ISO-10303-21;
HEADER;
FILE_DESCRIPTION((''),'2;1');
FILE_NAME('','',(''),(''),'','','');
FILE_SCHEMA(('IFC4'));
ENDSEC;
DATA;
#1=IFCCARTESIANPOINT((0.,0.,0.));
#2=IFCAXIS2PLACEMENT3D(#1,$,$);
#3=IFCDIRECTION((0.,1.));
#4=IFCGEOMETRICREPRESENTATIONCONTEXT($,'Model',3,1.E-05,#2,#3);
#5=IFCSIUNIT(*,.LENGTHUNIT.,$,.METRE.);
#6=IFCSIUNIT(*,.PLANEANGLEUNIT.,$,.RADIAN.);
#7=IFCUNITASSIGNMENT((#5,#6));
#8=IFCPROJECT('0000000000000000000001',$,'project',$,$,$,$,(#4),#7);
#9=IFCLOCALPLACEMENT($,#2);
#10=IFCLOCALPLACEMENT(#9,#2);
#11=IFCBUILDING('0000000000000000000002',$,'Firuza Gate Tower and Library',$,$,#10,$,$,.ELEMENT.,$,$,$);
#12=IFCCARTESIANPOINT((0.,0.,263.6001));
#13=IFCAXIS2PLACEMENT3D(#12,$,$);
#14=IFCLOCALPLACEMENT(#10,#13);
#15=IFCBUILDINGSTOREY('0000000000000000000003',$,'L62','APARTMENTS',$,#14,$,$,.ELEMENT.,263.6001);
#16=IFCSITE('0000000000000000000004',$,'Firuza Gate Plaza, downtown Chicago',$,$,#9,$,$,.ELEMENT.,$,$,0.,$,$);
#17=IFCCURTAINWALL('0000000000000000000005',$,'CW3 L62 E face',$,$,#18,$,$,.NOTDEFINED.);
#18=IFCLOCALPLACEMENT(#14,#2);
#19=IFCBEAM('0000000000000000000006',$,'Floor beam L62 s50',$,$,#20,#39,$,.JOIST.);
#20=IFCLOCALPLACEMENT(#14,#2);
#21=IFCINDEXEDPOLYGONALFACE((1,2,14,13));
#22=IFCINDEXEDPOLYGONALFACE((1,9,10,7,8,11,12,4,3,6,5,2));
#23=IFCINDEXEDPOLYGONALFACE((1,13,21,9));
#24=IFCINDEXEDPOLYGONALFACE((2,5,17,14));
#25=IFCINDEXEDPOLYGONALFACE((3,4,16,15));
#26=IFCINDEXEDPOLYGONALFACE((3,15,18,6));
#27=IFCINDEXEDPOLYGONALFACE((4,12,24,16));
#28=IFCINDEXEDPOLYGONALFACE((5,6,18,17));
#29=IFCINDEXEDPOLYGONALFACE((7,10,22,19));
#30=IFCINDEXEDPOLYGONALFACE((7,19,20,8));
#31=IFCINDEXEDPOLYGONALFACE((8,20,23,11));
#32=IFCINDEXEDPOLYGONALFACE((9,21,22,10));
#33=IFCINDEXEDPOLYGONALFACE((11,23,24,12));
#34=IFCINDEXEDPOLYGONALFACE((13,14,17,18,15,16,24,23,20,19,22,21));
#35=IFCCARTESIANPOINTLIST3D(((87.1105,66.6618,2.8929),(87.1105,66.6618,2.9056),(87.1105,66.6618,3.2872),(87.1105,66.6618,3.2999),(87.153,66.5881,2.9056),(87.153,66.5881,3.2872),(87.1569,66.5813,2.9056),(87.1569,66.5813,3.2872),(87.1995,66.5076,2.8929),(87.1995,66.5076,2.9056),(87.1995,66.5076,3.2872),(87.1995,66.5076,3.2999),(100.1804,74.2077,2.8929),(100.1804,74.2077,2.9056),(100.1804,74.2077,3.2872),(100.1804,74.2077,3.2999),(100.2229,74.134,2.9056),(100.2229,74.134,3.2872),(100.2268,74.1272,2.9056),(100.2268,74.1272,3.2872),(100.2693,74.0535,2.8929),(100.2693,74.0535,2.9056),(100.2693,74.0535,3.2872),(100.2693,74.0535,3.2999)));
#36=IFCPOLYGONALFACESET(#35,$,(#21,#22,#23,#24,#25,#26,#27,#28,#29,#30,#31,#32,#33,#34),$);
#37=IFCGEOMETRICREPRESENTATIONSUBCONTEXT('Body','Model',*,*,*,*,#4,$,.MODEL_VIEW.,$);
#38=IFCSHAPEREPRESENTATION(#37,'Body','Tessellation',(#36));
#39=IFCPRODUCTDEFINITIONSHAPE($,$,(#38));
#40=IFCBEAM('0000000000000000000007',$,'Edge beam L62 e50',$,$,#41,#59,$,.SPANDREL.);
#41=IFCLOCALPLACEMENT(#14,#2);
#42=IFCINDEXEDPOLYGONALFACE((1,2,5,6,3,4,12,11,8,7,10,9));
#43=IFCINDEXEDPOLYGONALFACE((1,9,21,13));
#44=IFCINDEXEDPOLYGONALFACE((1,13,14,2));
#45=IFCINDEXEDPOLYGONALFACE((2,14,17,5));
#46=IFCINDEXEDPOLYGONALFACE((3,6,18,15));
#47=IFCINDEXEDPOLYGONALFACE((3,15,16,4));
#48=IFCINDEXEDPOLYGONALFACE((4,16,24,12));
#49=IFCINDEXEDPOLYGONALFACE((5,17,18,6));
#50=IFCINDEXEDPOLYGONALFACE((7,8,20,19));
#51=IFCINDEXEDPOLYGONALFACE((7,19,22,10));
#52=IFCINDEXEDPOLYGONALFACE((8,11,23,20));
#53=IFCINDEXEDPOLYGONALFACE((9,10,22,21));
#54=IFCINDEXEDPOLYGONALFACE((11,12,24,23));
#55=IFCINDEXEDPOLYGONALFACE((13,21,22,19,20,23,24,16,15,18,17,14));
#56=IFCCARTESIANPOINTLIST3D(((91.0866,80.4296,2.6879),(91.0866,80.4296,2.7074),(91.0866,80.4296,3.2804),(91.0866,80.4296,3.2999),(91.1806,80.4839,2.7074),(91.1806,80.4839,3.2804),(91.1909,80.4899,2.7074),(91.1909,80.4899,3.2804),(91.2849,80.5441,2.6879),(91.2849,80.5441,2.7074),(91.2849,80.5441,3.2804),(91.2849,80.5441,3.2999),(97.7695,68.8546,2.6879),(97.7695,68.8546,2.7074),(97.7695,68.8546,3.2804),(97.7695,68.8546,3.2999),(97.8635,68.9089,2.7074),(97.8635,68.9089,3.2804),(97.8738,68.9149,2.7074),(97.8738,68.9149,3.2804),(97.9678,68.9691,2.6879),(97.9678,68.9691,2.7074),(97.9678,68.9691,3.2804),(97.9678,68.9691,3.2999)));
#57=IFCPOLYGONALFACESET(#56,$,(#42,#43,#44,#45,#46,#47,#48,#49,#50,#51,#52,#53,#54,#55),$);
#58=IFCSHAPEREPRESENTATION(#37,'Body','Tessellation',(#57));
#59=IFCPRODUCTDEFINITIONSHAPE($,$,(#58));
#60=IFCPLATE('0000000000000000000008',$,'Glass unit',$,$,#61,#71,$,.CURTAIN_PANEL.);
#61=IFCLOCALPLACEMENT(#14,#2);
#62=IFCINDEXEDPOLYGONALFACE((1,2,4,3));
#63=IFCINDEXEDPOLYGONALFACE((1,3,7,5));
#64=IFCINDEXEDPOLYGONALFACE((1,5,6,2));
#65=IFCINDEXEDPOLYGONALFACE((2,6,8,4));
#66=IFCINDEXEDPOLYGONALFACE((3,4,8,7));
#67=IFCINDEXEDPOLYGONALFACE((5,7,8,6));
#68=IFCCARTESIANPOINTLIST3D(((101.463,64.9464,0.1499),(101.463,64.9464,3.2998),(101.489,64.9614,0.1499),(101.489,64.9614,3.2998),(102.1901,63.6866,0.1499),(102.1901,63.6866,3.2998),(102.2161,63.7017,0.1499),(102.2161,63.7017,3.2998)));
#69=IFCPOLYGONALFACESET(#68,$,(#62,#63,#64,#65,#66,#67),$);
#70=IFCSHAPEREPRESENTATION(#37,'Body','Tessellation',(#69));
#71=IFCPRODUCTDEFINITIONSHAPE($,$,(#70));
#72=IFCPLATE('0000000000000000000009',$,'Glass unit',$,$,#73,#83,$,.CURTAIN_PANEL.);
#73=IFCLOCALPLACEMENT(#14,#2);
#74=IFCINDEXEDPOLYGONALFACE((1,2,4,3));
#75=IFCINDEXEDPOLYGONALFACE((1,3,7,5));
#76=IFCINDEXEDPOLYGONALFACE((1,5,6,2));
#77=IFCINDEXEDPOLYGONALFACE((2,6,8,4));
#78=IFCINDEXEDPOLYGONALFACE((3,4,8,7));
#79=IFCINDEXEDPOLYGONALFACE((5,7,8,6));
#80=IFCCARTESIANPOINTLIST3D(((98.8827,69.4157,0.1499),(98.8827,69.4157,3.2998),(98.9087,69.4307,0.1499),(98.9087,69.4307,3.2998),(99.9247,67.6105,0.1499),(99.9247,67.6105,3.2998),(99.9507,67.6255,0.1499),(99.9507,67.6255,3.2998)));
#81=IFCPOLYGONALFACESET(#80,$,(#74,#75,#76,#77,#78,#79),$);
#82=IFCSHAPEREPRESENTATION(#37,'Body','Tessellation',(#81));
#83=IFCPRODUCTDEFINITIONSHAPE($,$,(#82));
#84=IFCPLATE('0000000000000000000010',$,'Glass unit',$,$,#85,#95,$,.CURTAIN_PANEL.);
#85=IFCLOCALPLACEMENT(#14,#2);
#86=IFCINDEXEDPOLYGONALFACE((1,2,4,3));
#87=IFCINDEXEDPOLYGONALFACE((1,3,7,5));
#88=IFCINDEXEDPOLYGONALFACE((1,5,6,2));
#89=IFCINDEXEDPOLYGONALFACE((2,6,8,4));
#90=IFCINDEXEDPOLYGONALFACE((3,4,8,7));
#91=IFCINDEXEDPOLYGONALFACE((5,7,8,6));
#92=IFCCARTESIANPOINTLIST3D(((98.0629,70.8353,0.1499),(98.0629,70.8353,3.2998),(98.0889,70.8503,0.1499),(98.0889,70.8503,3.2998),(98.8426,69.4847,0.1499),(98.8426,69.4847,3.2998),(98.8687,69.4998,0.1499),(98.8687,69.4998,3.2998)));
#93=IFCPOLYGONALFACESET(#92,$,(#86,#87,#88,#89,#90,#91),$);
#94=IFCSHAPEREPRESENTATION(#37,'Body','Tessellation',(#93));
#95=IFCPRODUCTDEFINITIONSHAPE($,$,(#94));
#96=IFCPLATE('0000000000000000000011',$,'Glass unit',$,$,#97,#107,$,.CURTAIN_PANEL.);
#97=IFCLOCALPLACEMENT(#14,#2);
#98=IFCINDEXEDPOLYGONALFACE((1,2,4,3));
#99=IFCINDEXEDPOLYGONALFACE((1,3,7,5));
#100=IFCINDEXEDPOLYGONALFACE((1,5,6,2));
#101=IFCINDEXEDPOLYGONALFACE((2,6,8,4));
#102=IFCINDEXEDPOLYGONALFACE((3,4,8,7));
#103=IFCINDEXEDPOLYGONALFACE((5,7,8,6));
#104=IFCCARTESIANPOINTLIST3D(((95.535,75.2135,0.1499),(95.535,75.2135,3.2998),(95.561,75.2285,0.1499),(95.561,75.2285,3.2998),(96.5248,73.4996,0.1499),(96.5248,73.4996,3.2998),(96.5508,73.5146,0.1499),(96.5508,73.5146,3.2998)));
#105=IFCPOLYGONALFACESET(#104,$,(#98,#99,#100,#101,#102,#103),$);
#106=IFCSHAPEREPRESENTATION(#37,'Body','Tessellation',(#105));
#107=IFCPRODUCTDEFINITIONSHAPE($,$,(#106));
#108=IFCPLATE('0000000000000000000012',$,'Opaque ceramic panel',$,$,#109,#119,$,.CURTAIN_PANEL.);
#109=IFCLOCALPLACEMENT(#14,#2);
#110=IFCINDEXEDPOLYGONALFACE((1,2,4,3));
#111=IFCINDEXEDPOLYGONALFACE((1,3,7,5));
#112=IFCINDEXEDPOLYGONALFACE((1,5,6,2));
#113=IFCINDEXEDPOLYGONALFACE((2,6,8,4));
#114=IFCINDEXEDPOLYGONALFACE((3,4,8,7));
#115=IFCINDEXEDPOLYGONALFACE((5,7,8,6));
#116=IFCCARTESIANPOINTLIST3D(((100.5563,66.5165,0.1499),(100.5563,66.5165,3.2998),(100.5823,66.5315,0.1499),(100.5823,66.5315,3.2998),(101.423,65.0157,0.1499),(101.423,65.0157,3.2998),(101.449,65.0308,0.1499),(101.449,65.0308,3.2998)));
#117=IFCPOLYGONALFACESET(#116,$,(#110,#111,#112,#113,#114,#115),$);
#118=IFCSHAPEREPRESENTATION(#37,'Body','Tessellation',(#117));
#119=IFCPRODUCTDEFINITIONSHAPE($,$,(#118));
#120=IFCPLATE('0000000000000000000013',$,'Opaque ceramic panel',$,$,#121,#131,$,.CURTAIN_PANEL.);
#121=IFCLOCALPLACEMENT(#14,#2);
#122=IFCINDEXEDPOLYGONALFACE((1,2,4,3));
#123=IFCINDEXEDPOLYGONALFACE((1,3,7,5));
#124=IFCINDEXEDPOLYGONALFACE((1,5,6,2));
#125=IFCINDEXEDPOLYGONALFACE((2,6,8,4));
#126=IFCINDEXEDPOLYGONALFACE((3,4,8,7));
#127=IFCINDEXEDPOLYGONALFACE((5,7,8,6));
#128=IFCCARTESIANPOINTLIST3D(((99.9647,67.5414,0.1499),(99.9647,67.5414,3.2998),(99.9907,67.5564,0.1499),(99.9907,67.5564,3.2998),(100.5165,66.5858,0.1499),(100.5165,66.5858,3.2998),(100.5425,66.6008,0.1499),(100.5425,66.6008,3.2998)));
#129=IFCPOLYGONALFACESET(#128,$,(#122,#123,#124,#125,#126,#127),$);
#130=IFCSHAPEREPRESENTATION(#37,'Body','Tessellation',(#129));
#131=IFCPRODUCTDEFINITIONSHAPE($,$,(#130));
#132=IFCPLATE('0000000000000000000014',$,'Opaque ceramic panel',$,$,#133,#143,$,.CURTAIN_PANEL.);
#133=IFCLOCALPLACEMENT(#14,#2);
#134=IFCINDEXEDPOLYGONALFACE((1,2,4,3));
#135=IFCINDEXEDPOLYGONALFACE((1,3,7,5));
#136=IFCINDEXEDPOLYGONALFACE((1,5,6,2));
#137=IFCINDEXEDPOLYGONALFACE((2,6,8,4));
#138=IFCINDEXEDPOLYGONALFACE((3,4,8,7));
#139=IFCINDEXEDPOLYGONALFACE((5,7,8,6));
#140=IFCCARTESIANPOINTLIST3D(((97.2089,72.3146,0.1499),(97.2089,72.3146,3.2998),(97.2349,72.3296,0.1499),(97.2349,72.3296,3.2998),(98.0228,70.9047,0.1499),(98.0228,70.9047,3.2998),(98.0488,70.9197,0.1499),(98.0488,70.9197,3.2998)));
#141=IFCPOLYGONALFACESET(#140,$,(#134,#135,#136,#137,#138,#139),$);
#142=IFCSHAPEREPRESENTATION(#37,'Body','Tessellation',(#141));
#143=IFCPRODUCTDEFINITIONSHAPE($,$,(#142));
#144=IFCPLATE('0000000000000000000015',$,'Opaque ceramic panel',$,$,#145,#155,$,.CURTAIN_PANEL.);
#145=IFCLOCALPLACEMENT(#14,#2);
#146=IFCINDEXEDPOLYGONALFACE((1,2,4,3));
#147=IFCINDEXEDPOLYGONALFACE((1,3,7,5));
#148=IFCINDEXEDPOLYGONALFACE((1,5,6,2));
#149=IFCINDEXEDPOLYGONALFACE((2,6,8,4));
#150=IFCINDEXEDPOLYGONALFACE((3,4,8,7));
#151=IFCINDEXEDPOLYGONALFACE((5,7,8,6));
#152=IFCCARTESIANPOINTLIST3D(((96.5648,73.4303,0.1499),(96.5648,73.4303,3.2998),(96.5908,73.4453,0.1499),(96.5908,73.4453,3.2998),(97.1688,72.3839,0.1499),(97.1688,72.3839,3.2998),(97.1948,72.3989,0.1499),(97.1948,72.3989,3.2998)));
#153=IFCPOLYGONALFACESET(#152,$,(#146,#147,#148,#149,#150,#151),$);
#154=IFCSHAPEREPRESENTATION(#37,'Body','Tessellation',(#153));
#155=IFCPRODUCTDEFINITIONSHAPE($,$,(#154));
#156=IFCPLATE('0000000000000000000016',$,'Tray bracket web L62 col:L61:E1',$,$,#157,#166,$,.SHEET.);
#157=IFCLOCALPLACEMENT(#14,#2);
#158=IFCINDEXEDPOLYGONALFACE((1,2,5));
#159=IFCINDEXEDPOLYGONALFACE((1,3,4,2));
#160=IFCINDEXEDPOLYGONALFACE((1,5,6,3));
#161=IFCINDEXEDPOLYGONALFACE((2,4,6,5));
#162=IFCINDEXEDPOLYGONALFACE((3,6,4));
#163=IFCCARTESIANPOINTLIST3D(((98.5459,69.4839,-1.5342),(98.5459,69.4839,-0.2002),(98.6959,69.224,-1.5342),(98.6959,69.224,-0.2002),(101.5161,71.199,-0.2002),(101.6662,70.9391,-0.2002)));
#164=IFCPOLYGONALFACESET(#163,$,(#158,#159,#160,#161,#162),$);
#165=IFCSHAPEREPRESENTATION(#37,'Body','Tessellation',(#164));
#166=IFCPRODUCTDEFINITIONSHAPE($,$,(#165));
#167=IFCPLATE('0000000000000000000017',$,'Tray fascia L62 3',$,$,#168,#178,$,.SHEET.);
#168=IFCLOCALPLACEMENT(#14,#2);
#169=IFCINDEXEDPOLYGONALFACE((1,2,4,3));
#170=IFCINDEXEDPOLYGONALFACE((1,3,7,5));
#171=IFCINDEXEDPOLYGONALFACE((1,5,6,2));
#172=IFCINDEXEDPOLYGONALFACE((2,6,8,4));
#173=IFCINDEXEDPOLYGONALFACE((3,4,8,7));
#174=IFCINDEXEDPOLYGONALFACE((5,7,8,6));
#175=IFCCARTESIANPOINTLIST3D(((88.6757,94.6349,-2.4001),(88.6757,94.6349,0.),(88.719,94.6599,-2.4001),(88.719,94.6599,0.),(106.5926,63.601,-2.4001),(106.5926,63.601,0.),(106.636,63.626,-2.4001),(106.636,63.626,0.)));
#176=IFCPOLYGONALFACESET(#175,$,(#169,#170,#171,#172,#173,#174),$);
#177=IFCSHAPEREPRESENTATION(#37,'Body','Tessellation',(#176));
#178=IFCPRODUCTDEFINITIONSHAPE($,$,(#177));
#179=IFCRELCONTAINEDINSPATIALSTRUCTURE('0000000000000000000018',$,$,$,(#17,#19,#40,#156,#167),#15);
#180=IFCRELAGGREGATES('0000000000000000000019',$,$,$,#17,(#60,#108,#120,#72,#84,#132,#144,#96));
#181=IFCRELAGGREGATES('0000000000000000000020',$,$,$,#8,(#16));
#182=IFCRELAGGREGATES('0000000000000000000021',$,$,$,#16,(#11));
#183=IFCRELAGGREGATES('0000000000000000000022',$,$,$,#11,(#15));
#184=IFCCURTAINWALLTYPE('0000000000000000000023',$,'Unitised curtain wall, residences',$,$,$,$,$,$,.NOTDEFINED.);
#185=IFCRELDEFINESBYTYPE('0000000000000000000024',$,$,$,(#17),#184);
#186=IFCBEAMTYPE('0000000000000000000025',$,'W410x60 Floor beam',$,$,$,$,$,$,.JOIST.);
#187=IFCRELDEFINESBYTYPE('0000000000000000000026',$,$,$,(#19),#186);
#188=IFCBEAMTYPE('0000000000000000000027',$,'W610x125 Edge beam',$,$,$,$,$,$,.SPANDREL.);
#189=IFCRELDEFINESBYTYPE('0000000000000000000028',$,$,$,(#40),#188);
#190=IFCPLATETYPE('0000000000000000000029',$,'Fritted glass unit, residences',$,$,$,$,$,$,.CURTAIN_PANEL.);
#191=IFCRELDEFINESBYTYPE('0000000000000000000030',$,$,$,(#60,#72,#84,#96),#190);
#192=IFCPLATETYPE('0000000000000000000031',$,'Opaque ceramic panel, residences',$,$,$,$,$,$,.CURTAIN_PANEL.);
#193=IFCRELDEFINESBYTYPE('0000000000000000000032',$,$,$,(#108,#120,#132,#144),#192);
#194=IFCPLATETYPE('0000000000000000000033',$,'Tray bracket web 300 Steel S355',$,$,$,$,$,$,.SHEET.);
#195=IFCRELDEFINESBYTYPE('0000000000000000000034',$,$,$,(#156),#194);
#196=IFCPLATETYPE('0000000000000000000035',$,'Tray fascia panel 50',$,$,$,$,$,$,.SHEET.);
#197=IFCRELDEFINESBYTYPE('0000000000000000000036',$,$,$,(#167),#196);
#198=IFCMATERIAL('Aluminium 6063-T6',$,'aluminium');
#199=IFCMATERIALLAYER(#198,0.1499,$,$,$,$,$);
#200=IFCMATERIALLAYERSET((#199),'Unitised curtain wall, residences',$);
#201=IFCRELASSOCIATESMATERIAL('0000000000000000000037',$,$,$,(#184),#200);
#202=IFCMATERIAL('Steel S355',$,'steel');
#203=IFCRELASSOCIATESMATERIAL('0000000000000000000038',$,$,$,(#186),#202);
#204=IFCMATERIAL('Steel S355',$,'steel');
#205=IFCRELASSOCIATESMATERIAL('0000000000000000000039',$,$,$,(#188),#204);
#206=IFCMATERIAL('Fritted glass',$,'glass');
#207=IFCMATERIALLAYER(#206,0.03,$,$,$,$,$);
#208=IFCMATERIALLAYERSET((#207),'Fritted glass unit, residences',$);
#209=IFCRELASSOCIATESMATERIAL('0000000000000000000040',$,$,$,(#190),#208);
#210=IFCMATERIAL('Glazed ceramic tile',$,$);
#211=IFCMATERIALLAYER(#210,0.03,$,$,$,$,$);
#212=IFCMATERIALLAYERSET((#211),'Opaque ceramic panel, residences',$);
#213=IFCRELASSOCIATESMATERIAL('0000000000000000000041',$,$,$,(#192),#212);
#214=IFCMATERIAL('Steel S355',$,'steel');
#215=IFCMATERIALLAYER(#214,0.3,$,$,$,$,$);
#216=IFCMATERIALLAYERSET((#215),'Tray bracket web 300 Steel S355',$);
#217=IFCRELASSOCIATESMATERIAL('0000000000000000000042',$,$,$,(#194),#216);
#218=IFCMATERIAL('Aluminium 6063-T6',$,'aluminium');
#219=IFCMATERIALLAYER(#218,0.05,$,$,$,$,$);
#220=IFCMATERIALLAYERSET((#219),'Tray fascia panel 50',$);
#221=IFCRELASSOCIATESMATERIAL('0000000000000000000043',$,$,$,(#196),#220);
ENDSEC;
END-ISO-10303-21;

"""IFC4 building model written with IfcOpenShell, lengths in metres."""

from ifc_helpers import new_model, si_unit, direction, frame, origin, origin_2d, place, context, subcontext, project, spatial, polyline, i_section, outline, extrude, material, layer, layer_set, material_profile, profile_set, type_object, element, aggregate, save


model = new_model("IFC4")

# Units and contexts
model_context = context("Model", 3, precision=1e-05, world=origin(), true_north=direction((0.0, 1.0)))
body_context = subcontext(model_context, "Body", "Model", "MODEL_VIEW")
ifc_project = project(units=[si_unit("LENGTHUNIT", "METRE"), si_unit("PLANEANGLEUNIT", "RADIAN")], contexts=[model_context])

# Site, building, storey
site_placement = place(None, origin())
site = spatial("IfcSite", under=ifc_project, at=site_placement, Name="Firuza Gate Plaza, downtown Chicago", CompositionType="ELEMENT", RefElevation=0.0)
building_placement = place(site_placement, origin())
building = spatial("IfcBuilding", under=site, at=building_placement, Name="Firuza Gate Tower and Library", CompositionType="ELEMENT")
storey_placement = place(building_placement, frame((0.0, 0.0, 263.6001)))
storey = spatial("IfcBuildingStorey", under=building, at=storey_placement, Name="L62", Description="APARTMENTS", CompositionType="ELEMENT", Elevation=263.6001)

# Curtain wall
ifc_material_1 = material(Name="Aluminium 6063-T6", Category="aluminium")
ifc_layer_1 = layer(ifc_material_1, 0.1499)
ifc_layer_set_1 = layer_set([ifc_layer_1], Name="Unitised curtain wall, residences")
curtain_wall_type = type_object("IfcCurtainWallType", Name="Unitised curtain wall, residences", PredefinedType="NOTDEFINED", material=ifc_layer_set_1)
curtain_wall_placement = place(storey_placement, origin())
curtain_wall = element("IfcCurtainWall", 1, at=curtain_wall_placement, inside=storey, type_object=curtain_wall_type, Name="CW3 L62 E face", PredefinedType="NOTDEFINED")

# Beams
ifc_material_2 = material(Name="Steel S355", Category="steel")
ifc_material_profile_1 = material_profile(ifc_material_2, i_section(OverallWidth=0.178, OverallDepth=0.407, WebThickness=0.0078, FlangeThickness=0.0127, at=origin_2d()))
ifc_profile_set_1 = profile_set([ifc_material_profile_1], Name="Steel S355")
beam_type_1 = type_object("IfcBeamType", Name="W410x60 Floor beam", PredefinedType="JOIST", material=ifc_profile_set_1)
beam_1_placement = place(storey_placement, frame((100.2249, 74.1306, 3.0964), z_axis=(-0.866024, -0.500002, 0.0), x_axis=(0.500002, -0.866024, 0.0)))
element("IfcBeam", 2, at=beam_1_placement, inside=storey, type_object=beam_type_1, Name="Floor beam L62 s50", PredefinedType="JOIST", context=body_context, shape_type="SweptSolid", body=[
    extrude(i_section(OverallWidth=0.178, OverallDepth=0.407, WebThickness=0.0078, FlangeThickness=0.0127, at=origin_2d()), origin(), (0.0, 0.0, 1.0), 15.0918),
])
ifc_material_3 = material(Name="Steel S355", Category="steel")
ifc_material_profile_2 = material_profile(ifc_material_3, i_section(OverallWidth=0.229, OverallDepth=0.6121, WebThickness=0.012, FlangeThickness=0.0195, at=origin_2d()))
ifc_profile_set_2 = profile_set([ifc_material_profile_2], Name="Steel S355")
beam_type_2 = type_object("IfcBeamType", Name="W610x125 Edge beam", PredefinedType="SPANDREL", material=ifc_profile_set_2)
beam_2_placement = place(storey_placement, frame((97.8687, 68.9119, 2.9939), z_axis=(-0.500003, 0.866023, 0.0), x_axis=(-0.866023, -0.500003, 0.0)))
element("IfcBeam", 3, at=beam_2_placement, inside=storey, type_object=beam_type_2, Name="Edge beam L62 e50", PredefinedType="SPANDREL", context=body_context, shape_type="SweptSolid", body=[
    extrude(i_section(OverallWidth=0.229, OverallDepth=0.6121, WebThickness=0.012, FlangeThickness=0.0195, at=origin_2d()), origin(), (0.0, 0.0, 1.0), 13.3657),
])

# Plates
ifc_material_4 = material(Name="Fritted glass", Category="glass")
ifc_layer_2 = layer(ifc_material_4, 0.03)
ifc_layer_set_2 = layer_set([ifc_layer_2], Name="Fritted glass unit, residences")
plate_type_1 = type_object("IfcPlateType", Name="Fritted glass unit, residences", PredefinedType="CURTAIN_PANEL", material=ifc_layer_set_2)
plate_1_placement = place(storey_placement, frame((102.2161, 63.7017, 0.1499), z_axis=(0.866107, 0.499858, 0.0), x_axis=(-0.499858, 0.866107, 0.0)))
plate_1 = element("IfcPlate", 4, at=plate_1_placement, type_object=plate_type_1, Name="Glass unit", PredefinedType="CURTAIN_PANEL", context=body_context, shape_type="SweptSolid", body=[
    extrude(outline(polyline([(0.0, 0.0), (1.4545, 0.0), (1.4545, 3.1499), (0.0, 3.1499), (0.0, 0.0)])), origin(), (0.0, 0.0, -1.0), 0.03),
])
plate_2_placement = place(storey_placement, frame((99.9507, 67.6255, 0.1499), z_axis=(0.866072, 0.499918, 0.0), x_axis=(-0.499918, 0.866072, 0.0)))
plate_2 = element("IfcPlate", 5, at=plate_2_placement, type_object=plate_type_1, Name="Glass unit", PredefinedType="CURTAIN_PANEL", context=body_context, shape_type="SweptSolid", body=[
    extrude(outline(polyline([(0.0, 0.0), (2.0843, 0.0), (2.0843, 3.1499), (0.0, 3.1499), (0.0, 0.0)])), origin(), (0.0, 0.0, -1.0), 0.03),
])
plate_3_placement = place(storey_placement, frame((98.8687, 69.4998, 0.1499), z_axis=(0.866019, 0.500012, 0.0), x_axis=(-0.500012, 0.866019, 0.0)))
plate_3 = element("IfcPlate", 6, at=plate_3_placement, type_object=plate_type_1, Name="Glass unit", PredefinedType="CURTAIN_PANEL", context=body_context, shape_type="SweptSolid", body=[
    extrude(outline(polyline([(0.0, 0.0), (1.5595, 0.0), (1.5595, 3.1499), (0.0, 3.1499), (0.0, 0.0)])), origin(), (0.0, 0.0, -1.0), 0.03),
])
plate_4_placement = place(storey_placement, frame((96.5508, 73.5146, 0.1499), z_axis=(0.865972, 0.500093, 0.0), x_axis=(-0.500093, 0.865972, 0.0)))
plate_4 = element("IfcPlate", 7, at=plate_4_placement, type_object=plate_type_1, Name="Glass unit", PredefinedType="CURTAIN_PANEL", context=body_context, shape_type="SweptSolid", body=[
    extrude(outline(polyline([(0.0, 0.0), (1.9791, 0.0), (1.9791, 3.1499), (0.0, 3.1499), (0.0, 0.0)])), origin(), (0.0, 0.0, -1.0), 0.03),
])
ifc_material_5 = material(Name="Glazed ceramic tile")
ifc_layer_3 = layer(ifc_material_5, 0.03)
ifc_layer_set_3 = layer_set([ifc_layer_3], Name="Opaque ceramic panel, residences")
plate_type_2 = type_object("IfcPlateType", Name="Opaque ceramic panel, residences", PredefinedType="CURTAIN_PANEL", material=ifc_layer_set_3)
plate_5_placement = place(storey_placement, frame((101.449, 65.0308, 0.1499), z_axis=(0.865963, 0.500109, 0.0), x_axis=(-0.500109, 0.865963, 0.0)))
plate_5 = element("IfcPlate", 8, at=plate_5_placement, type_object=plate_type_2, Name="Opaque ceramic panel", PredefinedType="CURTAIN_PANEL", context=body_context, shape_type="SweptSolid", body=[
    extrude(outline(polyline([(0.0, 0.0), (1.733, 0.0), (1.733, 3.1499), (0.0, 3.1499), (0.0, 0.0)])), origin(), (0.0, 0.0, -1.0), 0.03),
])
plate_6_placement = place(storey_placement, frame((100.5425, 66.6008, 0.1499), z_axis=(0.866001, 0.500042, 0.0), x_axis=(-0.500042, 0.866001, 0.0)))
plate_6 = element("IfcPlate", 9, at=plate_6_placement, type_object=plate_type_2, Name="Opaque ceramic panel", PredefinedType="CURTAIN_PANEL", context=body_context, shape_type="SweptSolid", body=[
    extrude(outline(polyline([(0.0, 0.0), (1.1034, 0.0), (1.1034, 3.1499), (0.0, 3.1499), (0.0, 0.0)])), origin(), (0.0, 0.0, -1.0), 0.03),
])
plate_7_placement = place(storey_placement, frame((98.0488, 70.9197, 0.1499), z_axis=(0.866038, 0.499978, 0.0), x_axis=(-0.499978, 0.866038, 0.0)))
plate_7 = element("IfcPlate", 10, at=plate_7_placement, type_object=plate_type_2, Name="Opaque ceramic panel", PredefinedType="CURTAIN_PANEL", context=body_context, shape_type="SweptSolid", body=[
    extrude(outline(polyline([(0.0, 0.0), (1.628, 0.0), (1.628, 3.1499), (0.0, 3.1499), (0.0, 0.0)])), origin(), (0.0, 0.0, -1.0), 0.03),
])
plate_8_placement = place(storey_placement, frame((97.1948, 72.3989, 0.1499), z_axis=(0.866071, 0.499921, 0.0), x_axis=(-0.499921, 0.866071, 0.0)))
plate_8 = element("IfcPlate", 11, at=plate_8_placement, type_object=plate_type_2, Name="Opaque ceramic panel", PredefinedType="CURTAIN_PANEL", context=body_context, shape_type="SweptSolid", body=[
    extrude(outline(polyline([(0.0, 0.0), (1.2082, 0.0), (1.2082, 3.1499), (0.0, 3.1499), (0.0, 0.0)])), origin(), (0.0, 0.0, -1.0), 0.03),
])
aggregate(curtain_wall, [plate_1, plate_5, plate_6, plate_2, plate_3, plate_7, plate_8, plate_4])

# Plates
ifc_material_6 = material(Name="Steel S355", Category="steel")
ifc_layer_4 = layer(ifc_material_6, 0.3)
ifc_layer_set_4 = layer_set([ifc_layer_4], Name="Tray bracket web 300 Steel S355")
plate_type_3 = type_object("IfcPlateType", Name="Tray bracket web 300 Steel S355", PredefinedType="SHEET", material=ifc_layer_set_4)
plate_9_placement = place(storey_placement, frame((98.5459, 69.4839, -0.2002), z_axis=(-0.500051, 0.865996, 0.0), x_axis=(0.865996, 0.500051, 0.0)))
element("IfcPlate", 12, at=plate_9_placement, inside=storey, type_object=plate_type_3, Name="Tray bracket web L62 col:L61:E1", PredefinedType="SHEET", context=body_context, shape_type="SweptSolid", body=[
    extrude(outline(polyline([(0.0, 0.0), (3.4298, 0.0), (0.0, 1.334), (0.0, 0.0)])), origin(), (0.0, 0.0, -1.0), 0.3),
])
ifc_material_7 = material(Name="Aluminium 6063-T6", Category="aluminium")
ifc_layer_5 = layer(ifc_material_7, 0.05)
ifc_layer_set_5 = layer_set([ifc_layer_5], Name="Tray fascia panel 50")
plate_type_4 = type_object("IfcPlateType", Name="Tray fascia panel 50", PredefinedType="SHEET", material=ifc_layer_set_5)
plate_10_placement = place(storey_placement, frame((106.636, 63.626, -2.4001), z_axis=(0.866031, 0.49999, 0.0), x_axis=(-0.49999, 0.866031, 0.0)))
element("IfcPlate", 13, at=plate_10_placement, inside=storey, type_object=plate_type_4, Name="Tray fascia L62 3", PredefinedType="SHEET", context=body_context, shape_type="SweptSolid", body=[
    extrude(outline(polyline([(0.0, 0.0), (35.8347, 0.0), (35.8347, 2.4001), (0.0, 2.4001), (0.0, 0.0)])), origin(), (0.0, 0.0, -1.0), 0.05),
])

save(model, "model.ifc")
